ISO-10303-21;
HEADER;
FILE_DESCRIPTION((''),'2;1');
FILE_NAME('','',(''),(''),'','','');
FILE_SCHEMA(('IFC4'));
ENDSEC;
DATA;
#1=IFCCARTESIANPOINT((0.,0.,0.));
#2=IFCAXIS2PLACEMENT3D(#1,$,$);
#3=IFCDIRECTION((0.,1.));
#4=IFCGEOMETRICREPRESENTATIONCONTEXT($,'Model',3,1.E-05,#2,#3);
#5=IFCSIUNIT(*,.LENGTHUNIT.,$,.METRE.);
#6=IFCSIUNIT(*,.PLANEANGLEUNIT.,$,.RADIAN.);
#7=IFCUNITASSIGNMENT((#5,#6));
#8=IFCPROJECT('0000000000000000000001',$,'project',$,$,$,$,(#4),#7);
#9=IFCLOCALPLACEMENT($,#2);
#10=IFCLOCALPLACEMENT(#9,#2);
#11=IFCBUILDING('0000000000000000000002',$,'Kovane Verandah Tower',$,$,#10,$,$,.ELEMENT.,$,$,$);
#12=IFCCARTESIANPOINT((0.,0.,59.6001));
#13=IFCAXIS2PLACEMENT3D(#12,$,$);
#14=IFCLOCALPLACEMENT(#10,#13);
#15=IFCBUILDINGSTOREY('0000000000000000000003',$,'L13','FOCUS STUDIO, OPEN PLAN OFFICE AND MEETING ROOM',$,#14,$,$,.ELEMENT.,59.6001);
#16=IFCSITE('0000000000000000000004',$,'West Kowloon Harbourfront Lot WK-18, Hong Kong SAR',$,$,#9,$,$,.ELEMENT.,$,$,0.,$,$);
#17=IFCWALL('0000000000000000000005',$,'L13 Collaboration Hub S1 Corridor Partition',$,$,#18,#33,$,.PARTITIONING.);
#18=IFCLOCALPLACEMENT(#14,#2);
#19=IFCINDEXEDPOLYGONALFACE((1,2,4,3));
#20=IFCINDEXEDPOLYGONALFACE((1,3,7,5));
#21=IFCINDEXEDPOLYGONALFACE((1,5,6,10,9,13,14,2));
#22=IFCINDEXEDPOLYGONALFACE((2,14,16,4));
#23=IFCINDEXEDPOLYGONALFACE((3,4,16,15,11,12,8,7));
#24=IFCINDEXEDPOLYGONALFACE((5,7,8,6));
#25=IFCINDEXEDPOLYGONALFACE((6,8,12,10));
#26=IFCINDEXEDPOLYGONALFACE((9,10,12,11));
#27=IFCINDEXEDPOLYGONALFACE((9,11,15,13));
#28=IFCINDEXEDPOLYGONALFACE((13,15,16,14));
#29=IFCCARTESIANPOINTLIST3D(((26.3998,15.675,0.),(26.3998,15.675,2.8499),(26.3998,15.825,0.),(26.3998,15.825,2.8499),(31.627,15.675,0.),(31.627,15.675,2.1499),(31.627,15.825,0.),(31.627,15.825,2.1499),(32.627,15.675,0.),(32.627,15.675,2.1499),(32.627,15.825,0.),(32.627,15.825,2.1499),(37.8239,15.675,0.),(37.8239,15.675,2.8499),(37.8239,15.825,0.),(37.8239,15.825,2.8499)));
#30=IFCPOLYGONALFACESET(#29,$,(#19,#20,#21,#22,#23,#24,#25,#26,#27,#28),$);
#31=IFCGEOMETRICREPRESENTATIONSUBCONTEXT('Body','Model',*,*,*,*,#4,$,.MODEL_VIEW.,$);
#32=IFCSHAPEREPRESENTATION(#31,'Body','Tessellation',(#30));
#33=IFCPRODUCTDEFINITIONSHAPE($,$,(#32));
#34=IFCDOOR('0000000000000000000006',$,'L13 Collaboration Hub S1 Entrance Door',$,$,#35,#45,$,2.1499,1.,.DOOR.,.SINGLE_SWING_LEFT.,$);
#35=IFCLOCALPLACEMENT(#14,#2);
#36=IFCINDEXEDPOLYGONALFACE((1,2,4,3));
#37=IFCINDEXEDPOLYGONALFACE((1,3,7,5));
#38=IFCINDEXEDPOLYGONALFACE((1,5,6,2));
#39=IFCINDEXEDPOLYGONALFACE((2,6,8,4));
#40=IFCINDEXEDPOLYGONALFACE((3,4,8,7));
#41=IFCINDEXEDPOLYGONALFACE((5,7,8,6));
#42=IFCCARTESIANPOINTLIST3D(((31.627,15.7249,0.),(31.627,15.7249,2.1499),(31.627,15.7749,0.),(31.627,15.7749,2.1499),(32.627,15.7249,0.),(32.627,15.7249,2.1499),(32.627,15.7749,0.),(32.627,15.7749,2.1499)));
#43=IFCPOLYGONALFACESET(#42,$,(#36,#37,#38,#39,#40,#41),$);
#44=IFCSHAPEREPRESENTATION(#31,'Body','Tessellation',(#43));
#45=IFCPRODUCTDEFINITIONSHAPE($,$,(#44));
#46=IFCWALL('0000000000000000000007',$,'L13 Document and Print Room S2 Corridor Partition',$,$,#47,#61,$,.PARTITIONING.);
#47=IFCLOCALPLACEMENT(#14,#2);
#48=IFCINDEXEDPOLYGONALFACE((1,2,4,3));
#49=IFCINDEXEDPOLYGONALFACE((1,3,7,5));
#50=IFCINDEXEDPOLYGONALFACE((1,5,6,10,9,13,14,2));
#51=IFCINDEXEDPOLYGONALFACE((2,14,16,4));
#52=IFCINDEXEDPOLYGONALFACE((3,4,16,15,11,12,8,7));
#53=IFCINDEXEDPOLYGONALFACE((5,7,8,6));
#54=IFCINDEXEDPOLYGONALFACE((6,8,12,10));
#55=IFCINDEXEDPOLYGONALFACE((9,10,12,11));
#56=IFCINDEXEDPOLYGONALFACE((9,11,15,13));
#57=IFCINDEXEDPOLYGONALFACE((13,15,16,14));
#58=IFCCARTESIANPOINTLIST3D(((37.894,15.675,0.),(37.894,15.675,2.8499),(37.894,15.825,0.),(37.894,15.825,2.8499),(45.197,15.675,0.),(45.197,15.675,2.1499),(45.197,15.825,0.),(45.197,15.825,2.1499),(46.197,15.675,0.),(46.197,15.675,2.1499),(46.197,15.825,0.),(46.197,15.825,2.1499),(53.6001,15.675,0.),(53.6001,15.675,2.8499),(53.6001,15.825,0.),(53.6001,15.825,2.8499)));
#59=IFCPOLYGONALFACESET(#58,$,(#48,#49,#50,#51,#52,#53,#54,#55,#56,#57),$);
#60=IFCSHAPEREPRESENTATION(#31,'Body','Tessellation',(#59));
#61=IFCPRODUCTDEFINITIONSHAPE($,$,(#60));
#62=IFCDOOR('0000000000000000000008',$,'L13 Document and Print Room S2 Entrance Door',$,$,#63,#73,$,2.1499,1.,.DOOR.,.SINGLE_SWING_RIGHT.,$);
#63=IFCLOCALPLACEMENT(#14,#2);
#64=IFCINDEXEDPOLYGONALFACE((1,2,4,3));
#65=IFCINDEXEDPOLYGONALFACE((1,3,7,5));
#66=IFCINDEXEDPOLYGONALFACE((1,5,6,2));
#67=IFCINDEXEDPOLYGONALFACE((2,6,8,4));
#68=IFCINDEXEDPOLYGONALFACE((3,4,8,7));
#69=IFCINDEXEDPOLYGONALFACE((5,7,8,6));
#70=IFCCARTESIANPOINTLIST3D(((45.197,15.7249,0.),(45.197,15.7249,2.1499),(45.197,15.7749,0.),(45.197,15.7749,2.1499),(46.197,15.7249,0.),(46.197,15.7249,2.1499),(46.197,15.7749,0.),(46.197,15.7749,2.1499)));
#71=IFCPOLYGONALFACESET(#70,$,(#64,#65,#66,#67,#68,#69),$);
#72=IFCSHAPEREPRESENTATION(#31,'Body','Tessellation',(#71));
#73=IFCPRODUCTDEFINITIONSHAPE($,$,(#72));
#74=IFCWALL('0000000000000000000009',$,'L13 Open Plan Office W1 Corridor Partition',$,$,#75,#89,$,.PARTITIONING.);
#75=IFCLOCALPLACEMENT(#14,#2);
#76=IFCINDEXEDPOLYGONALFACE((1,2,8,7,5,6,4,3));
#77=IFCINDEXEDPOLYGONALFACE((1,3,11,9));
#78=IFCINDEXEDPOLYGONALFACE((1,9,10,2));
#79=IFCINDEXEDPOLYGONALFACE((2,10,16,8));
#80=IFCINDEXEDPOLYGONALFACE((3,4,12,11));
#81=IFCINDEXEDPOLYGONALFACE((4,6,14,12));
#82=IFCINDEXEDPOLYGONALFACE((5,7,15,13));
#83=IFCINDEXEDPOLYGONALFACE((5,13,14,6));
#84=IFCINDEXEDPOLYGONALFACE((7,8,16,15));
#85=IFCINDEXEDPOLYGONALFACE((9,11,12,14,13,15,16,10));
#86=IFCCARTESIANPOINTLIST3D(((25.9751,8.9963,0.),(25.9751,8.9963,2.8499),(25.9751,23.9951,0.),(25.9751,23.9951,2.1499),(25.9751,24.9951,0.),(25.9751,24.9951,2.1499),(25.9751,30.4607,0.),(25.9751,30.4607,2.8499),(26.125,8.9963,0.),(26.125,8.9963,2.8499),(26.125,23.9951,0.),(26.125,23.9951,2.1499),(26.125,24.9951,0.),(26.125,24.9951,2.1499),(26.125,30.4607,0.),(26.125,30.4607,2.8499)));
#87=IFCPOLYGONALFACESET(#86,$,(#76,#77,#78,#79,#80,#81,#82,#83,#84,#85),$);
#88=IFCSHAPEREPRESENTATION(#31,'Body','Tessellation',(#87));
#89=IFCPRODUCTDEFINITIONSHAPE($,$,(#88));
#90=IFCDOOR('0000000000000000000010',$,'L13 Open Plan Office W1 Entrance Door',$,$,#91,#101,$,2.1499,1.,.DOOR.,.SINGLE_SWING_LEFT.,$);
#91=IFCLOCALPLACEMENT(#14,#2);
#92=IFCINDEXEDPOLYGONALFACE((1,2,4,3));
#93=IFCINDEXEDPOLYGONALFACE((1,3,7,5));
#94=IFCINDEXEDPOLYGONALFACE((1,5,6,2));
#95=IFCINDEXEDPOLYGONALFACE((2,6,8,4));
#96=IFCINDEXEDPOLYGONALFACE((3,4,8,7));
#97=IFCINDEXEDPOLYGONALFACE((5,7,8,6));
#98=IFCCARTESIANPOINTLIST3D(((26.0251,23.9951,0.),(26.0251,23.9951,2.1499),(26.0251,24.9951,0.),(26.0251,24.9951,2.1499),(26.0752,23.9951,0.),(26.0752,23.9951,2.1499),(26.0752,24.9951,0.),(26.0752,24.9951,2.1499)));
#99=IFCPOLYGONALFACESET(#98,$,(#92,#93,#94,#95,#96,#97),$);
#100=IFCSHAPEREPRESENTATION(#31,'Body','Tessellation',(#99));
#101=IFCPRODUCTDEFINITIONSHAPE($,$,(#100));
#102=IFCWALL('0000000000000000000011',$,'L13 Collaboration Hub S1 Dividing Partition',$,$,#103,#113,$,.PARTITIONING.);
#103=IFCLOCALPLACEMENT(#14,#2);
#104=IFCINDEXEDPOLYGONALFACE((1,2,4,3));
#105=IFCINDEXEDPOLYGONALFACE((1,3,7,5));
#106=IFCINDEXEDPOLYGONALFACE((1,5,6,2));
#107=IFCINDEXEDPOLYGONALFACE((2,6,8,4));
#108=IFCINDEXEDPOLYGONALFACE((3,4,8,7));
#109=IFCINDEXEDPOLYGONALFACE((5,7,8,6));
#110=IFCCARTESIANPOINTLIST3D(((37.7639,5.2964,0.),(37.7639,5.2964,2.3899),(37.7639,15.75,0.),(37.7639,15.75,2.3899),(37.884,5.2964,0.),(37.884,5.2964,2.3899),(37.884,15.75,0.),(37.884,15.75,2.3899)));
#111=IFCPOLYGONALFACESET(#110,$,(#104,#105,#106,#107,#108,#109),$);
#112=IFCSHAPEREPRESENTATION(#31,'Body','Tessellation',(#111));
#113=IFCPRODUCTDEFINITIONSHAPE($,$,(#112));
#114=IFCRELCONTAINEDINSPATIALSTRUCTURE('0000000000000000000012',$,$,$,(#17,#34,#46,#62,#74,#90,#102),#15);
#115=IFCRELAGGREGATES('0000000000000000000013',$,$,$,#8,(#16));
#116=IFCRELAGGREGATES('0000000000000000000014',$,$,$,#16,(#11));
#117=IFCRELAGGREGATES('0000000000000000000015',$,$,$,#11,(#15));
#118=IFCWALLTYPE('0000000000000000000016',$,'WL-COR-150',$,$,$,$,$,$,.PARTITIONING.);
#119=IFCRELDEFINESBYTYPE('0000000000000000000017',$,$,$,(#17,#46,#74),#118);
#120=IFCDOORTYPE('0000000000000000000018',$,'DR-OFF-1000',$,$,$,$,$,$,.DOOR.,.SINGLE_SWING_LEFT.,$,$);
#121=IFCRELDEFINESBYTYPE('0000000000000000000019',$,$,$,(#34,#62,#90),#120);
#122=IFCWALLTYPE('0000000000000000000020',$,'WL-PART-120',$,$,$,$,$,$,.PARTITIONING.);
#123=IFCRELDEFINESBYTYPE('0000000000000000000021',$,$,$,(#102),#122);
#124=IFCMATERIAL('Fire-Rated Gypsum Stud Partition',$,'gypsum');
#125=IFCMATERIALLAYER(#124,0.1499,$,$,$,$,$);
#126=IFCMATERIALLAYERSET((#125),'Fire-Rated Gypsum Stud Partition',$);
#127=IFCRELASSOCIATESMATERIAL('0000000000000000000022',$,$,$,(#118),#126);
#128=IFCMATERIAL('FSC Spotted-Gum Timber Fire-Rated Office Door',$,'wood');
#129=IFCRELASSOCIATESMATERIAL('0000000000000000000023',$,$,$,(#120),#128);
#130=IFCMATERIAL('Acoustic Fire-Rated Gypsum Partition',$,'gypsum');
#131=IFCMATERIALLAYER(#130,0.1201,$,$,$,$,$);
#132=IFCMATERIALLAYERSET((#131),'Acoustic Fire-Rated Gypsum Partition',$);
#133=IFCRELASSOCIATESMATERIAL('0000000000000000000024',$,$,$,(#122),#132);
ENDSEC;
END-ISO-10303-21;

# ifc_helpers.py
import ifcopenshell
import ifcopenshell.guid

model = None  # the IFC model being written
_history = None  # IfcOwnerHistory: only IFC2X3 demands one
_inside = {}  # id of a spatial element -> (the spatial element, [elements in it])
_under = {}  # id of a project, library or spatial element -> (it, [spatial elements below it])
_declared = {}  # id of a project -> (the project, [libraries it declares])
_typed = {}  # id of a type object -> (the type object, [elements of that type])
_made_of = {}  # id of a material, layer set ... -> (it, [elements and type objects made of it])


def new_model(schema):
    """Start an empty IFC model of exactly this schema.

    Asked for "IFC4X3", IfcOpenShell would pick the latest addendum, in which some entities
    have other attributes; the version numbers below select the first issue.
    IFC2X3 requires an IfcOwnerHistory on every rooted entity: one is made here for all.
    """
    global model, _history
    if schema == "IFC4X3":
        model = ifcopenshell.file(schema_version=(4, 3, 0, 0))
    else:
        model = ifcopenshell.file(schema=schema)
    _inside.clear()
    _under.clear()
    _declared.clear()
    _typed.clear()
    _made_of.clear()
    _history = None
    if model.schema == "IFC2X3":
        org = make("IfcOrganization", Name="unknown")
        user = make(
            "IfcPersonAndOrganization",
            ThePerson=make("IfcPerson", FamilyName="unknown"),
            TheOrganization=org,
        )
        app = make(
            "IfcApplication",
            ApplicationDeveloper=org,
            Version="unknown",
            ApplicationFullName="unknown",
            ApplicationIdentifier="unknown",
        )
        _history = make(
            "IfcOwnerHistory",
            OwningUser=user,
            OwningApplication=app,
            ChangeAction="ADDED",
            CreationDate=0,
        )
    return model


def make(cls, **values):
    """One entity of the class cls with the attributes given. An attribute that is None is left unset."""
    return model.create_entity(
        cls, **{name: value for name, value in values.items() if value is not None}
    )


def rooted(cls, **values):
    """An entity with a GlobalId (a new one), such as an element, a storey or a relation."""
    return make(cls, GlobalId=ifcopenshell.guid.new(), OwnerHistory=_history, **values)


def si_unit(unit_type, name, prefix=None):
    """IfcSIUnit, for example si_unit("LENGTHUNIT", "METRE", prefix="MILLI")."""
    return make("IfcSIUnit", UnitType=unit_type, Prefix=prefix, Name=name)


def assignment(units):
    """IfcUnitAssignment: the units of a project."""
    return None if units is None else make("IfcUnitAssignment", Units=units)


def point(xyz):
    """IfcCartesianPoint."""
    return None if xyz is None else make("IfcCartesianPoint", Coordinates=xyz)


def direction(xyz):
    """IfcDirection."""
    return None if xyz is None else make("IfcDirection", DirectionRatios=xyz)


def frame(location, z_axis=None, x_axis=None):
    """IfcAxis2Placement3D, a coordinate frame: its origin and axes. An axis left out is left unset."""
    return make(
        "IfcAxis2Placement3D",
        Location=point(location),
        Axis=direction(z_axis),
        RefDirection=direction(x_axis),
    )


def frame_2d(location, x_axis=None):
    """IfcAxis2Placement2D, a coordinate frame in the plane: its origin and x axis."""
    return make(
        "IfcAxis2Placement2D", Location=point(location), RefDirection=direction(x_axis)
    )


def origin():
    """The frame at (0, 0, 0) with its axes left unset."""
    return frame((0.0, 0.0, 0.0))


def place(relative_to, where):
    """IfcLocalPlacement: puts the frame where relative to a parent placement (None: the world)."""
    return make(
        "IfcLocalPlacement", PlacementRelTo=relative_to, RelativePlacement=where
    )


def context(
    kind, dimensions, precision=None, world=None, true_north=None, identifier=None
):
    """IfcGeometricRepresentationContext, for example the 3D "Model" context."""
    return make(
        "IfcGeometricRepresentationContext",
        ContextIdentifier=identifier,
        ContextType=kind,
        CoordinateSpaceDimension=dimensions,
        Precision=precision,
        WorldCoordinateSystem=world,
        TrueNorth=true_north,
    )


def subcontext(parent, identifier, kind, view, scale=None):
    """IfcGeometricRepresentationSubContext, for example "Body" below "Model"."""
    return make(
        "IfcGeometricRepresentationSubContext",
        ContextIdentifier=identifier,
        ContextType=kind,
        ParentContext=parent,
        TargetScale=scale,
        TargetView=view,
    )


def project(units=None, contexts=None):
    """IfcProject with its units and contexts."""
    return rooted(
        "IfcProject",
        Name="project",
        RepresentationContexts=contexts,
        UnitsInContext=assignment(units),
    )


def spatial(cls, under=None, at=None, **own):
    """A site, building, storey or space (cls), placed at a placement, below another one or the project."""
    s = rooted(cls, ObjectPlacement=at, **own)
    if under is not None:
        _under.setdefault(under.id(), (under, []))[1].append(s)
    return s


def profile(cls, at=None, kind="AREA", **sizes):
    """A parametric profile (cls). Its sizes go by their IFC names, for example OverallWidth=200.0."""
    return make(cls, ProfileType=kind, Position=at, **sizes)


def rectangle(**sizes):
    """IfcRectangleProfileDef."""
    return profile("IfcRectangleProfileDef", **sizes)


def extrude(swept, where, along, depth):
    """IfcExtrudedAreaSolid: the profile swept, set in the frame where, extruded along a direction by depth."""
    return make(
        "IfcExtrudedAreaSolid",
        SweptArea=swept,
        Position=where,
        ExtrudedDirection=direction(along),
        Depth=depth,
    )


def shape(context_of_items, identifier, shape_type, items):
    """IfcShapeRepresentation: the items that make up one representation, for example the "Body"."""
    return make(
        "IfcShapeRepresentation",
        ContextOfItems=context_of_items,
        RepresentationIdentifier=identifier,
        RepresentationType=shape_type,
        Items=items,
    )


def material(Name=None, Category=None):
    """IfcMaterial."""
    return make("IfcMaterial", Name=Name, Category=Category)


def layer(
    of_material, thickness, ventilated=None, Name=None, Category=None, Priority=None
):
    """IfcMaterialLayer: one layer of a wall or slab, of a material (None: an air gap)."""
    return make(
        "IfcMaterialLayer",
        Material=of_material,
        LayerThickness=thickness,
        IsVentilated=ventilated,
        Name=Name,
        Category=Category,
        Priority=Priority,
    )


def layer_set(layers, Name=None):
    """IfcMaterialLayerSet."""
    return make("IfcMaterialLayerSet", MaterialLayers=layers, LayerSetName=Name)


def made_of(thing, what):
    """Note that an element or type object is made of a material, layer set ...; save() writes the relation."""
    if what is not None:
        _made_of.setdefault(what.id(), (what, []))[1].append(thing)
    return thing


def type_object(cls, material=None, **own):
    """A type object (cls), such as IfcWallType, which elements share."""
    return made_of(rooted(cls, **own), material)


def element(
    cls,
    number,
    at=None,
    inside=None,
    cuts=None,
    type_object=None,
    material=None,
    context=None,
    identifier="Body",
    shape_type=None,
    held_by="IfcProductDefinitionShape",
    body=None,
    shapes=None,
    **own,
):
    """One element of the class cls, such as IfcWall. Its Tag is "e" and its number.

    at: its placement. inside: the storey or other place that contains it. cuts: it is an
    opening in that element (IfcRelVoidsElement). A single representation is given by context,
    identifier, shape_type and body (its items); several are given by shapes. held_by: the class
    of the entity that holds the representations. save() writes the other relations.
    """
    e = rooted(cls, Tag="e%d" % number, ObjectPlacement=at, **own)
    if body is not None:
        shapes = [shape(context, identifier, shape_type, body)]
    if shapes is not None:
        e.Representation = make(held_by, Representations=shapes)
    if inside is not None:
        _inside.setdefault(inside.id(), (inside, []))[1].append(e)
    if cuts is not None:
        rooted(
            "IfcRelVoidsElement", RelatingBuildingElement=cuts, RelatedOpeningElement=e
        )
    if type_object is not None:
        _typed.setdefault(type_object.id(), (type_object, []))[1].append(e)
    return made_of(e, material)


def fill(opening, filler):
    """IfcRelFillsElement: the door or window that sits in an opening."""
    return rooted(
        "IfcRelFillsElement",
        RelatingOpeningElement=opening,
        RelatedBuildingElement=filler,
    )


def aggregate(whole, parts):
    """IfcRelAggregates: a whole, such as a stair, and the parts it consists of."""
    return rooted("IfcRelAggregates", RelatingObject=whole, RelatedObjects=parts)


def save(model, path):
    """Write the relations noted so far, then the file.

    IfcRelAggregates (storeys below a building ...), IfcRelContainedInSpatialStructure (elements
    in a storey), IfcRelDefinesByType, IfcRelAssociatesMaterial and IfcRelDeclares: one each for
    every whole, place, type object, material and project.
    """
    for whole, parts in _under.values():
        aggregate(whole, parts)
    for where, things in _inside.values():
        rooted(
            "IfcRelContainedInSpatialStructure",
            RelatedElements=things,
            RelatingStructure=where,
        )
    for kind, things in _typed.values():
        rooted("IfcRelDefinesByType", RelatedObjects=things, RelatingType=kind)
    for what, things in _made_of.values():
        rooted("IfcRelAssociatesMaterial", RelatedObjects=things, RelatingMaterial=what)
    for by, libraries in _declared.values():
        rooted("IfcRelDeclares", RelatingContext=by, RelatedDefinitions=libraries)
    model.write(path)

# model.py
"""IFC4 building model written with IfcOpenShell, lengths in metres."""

from ifc_helpers import new_model, si_unit, direction, frame, frame_2d, origin, place, context, subcontext, project, spatial, rectangle, extrude, material, layer, layer_set, type_object, element, fill, save


model = new_model("IFC4")

# Units and contexts
model_context = context("Model", 3, precision=1e-05, world=origin(), true_north=direction((0.0, 1.0)))
body_context = subcontext(model_context, "Body", "Model", "MODEL_VIEW")
ifc_project = project(units=[si_unit("LENGTHUNIT", "METRE"), si_unit("PLANEANGLEUNIT", "RADIAN")], contexts=[model_context])

# Site, building, storey
site_placement = place(None, origin())
site = spatial("IfcSite", under=ifc_project, at=site_placement, Name="West Kowloon Harbourfront Lot WK-18, Hong Kong SAR", CompositionType="ELEMENT", RefElevation=0.0)
building_placement = place(site_placement, origin())
building = spatial("IfcBuilding", under=site, at=building_placement, Name="Kovane Verandah Tower", CompositionType="ELEMENT")
storey_placement = place(building_placement, frame((0.0, 0.0, 59.6001)))
storey = spatial("IfcBuildingStorey", under=building, at=storey_placement, Name="L13", Description="FOCUS STUDIO, OPEN PLAN OFFICE AND MEETING ROOM", CompositionType="ELEMENT", Elevation=59.6001)

# Walls, openings, doors
ifc_material_1 = material(Name="Fire-Rated Gypsum Stud Partition", Category="gypsum")
ifc_layer_1 = layer(ifc_material_1, 0.1499)
ifc_layer_set_1 = layer_set([ifc_layer_1], Name="Fire-Rated Gypsum Stud Partition")
wall_type_1 = type_object("IfcWallType", Name="WL-COR-150", PredefinedType="PARTITIONING", material=ifc_layer_set_1)
wall_1_placement = place(storey_placement, frame((26.3999, 15.75, 0.0), z_axis=(0.0, 0.0, 1.0), x_axis=(1.0, 0.0, 0.0)))
wall_1 = element("IfcWall", 1, at=wall_1_placement, inside=storey, type_object=wall_type_1, Name="L13 Collaboration Hub S1 Corridor Partition", PredefinedType="PARTITIONING", context=body_context, shape_type="SweptSolid", body=[
    extrude(rectangle(XDim=11.4241, YDim=0.1499, at=frame_2d((5.7119, 0.0))), origin(), (0.0, 0.0, 1.0), 2.8499),
])
opening_1_placement = place(wall_1_placement, frame((5.2271, 0.0, 0.0)))
opening_1 = element("IfcOpeningElement", 2, at=opening_1_placement, cuts=wall_1, PredefinedType="OPENING", context=body_context, shape_type="SweptSolid", body=[
    extrude(rectangle(XDim=1.0, YDim=2.1499, at=frame_2d((0.5, 1.075))), frame((0.0, 0.075, 0.0), z_axis=(0.0, -1.0, 0.0), x_axis=(1.0, 0.0, 0.0)), (0.0, 0.0, 1.0), 0.1499),
])
ifc_material_2 = material(Name="FSC Spotted-Gum Timber Fire-Rated Office Door", Category="wood")
door_type = type_object("IfcDoorType", Name="DR-OFF-1000", OperationType="SINGLE_SWING_LEFT", PredefinedType="DOOR", material=ifc_material_2)
door_1_placement = place(opening_1_placement, origin())
door_1 = element("IfcDoor", 3, at=door_1_placement, inside=storey, type_object=door_type, Name="L13 Collaboration Hub S1 Entrance Door", OperationType="SINGLE_SWING_LEFT", OverallHeight=2.1499, OverallWidth=1.0, PredefinedType="DOOR", context=body_context, shape_type="SweptSolid", body=[
    extrude(rectangle(XDim=1.0, YDim=2.1499, at=frame_2d((0.5, 1.075))), frame((0.0, 0.0249, 0.0), z_axis=(0.0, -1.0, 0.0), x_axis=(1.0, 0.0, 0.0)), (0.0, 0.0, 1.0), 0.05),
])
fill(opening_1, door_1)
wall_2_placement = place(storey_placement, frame((37.894, 15.75, 0.0), z_axis=(0.0, 0.0, 1.0), x_axis=(1.0, 0.0, 0.0)))
wall_2 = element("IfcWall", 4, at=wall_2_placement, inside=storey, type_object=wall_type_1, Name="L13 Document and Print Room S2 Corridor Partition", PredefinedType="PARTITIONING", context=body_context, shape_type="SweptSolid", body=[
    extrude(rectangle(XDim=15.7061, YDim=0.1499, at=frame_2d((7.853, 0.0))), origin(), (0.0, 0.0, 1.0), 2.8499),
])
opening_2_placement = place(wall_2_placement, frame((7.303, 0.0, 0.0)))
opening_2 = element("IfcOpeningElement", 5, at=opening_2_placement, cuts=wall_2, PredefinedType="OPENING", context=body_context, shape_type="SweptSolid", body=[
    extrude(rectangle(XDim=1.0, YDim=2.1499, at=frame_2d((0.5, 1.075))), frame((0.0, 0.075, 0.0), z_axis=(0.0, -1.0, 0.0), x_axis=(1.0, 0.0, 0.0)), (0.0, 0.0, 1.0), 0.1499),
])
door_2_placement = place(opening_2_placement, origin())
door_2 = element("IfcDoor", 6, at=door_2_placement, inside=storey, type_object=door_type, Name="L13 Document and Print Room S2 Entrance Door", OperationType="SINGLE_SWING_RIGHT", OverallHeight=2.1499, OverallWidth=1.0, PredefinedType="DOOR", context=body_context, shape_type="SweptSolid", body=[
    extrude(rectangle(XDim=1.0, YDim=2.1499, at=frame_2d((0.5, 1.075))), frame((0.0, 0.0249, 0.0), z_axis=(0.0, -1.0, 0.0), x_axis=(1.0, 0.0, 0.0)), (0.0, 0.0, 1.0), 0.05),
])
fill(opening_2, door_2)
wall_3_placement = place(storey_placement, frame((26.05, 8.9963, 0.0), z_axis=(0.0, 0.0, 1.0), x_axis=(0.0, 1.0, 0.0)))
wall_3 = element("IfcWall", 7, at=wall_3_placement, inside=storey, type_object=wall_type_1, Name="L13 Open Plan Office W1 Corridor Partition", PredefinedType="PARTITIONING", context=body_context, shape_type="SweptSolid", body=[
    extrude(rectangle(XDim=21.4644, YDim=0.1499, at=frame_2d((10.7322, 0.0))), origin(), (0.0, 0.0, 1.0), 2.8499),
])
opening_3_placement = place(wall_3_placement, frame((14.9988, 0.0, 0.0)))
opening_3 = element("IfcOpeningElement", 8, at=opening_3_placement, cuts=wall_3, PredefinedType="OPENING", context=body_context, shape_type="SweptSolid", body=[
    extrude(rectangle(XDim=1.0, YDim=2.1499, at=frame_2d((0.5, 1.075))), frame((0.0, 0.075, 0.0), z_axis=(0.0, -1.0, 0.0), x_axis=(1.0, 0.0, 0.0)), (0.0, 0.0, 1.0), 0.1499),
])
door_3_placement = place(opening_3_placement, origin())
door_3 = element("IfcDoor", 9, at=door_3_placement, inside=storey, type_object=door_type, Name="L13 Open Plan Office W1 Entrance Door", OperationType="SINGLE_SWING_LEFT", OverallHeight=2.1499, OverallWidth=1.0, PredefinedType="DOOR", context=body_context, shape_type="SweptSolid", body=[
    extrude(rectangle(XDim=1.0, YDim=2.1499, at=frame_2d((0.5, 1.075))), frame((0.0, 0.0249, 0.0), z_axis=(0.0, -1.0, 0.0), x_axis=(1.0, 0.0, 0.0)), (0.0, 0.0, 1.0), 0.05),
])
fill(opening_3, door_3)

# Wall
ifc_material_3 = material(Name="Acoustic Fire-Rated Gypsum Partition", Category="gypsum")
ifc_layer_2 = layer(ifc_material_3, 0.1201)
ifc_layer_set_2 = layer_set([ifc_layer_2], Name="Acoustic Fire-Rated Gypsum Partition")
wall_type_2 = type_object("IfcWallType", Name="WL-PART-120", PredefinedType="PARTITIONING", material=ifc_layer_set_2)
wall_4_placement = place(storey_placement, frame((37.824, 5.2964, 0.0), z_axis=(0.0, 0.0, 1.0), x_axis=(0.0, 1.0, 0.0)))
element("IfcWall", 10, at=wall_4_placement, inside=storey, type_object=wall_type_2, Name="L13 Collaboration Hub S1 Dividing Partition", PredefinedType="PARTITIONING", context=body_context, shape_type="SweptSolid", body=[
    extrude(rectangle(XDim=10.4536, YDim=0.1201, at=frame_2d((5.2268, 0.0))), origin(), (0.0, 0.0, 1.0), 2.3899),
])

save(model, "model.ifc")
